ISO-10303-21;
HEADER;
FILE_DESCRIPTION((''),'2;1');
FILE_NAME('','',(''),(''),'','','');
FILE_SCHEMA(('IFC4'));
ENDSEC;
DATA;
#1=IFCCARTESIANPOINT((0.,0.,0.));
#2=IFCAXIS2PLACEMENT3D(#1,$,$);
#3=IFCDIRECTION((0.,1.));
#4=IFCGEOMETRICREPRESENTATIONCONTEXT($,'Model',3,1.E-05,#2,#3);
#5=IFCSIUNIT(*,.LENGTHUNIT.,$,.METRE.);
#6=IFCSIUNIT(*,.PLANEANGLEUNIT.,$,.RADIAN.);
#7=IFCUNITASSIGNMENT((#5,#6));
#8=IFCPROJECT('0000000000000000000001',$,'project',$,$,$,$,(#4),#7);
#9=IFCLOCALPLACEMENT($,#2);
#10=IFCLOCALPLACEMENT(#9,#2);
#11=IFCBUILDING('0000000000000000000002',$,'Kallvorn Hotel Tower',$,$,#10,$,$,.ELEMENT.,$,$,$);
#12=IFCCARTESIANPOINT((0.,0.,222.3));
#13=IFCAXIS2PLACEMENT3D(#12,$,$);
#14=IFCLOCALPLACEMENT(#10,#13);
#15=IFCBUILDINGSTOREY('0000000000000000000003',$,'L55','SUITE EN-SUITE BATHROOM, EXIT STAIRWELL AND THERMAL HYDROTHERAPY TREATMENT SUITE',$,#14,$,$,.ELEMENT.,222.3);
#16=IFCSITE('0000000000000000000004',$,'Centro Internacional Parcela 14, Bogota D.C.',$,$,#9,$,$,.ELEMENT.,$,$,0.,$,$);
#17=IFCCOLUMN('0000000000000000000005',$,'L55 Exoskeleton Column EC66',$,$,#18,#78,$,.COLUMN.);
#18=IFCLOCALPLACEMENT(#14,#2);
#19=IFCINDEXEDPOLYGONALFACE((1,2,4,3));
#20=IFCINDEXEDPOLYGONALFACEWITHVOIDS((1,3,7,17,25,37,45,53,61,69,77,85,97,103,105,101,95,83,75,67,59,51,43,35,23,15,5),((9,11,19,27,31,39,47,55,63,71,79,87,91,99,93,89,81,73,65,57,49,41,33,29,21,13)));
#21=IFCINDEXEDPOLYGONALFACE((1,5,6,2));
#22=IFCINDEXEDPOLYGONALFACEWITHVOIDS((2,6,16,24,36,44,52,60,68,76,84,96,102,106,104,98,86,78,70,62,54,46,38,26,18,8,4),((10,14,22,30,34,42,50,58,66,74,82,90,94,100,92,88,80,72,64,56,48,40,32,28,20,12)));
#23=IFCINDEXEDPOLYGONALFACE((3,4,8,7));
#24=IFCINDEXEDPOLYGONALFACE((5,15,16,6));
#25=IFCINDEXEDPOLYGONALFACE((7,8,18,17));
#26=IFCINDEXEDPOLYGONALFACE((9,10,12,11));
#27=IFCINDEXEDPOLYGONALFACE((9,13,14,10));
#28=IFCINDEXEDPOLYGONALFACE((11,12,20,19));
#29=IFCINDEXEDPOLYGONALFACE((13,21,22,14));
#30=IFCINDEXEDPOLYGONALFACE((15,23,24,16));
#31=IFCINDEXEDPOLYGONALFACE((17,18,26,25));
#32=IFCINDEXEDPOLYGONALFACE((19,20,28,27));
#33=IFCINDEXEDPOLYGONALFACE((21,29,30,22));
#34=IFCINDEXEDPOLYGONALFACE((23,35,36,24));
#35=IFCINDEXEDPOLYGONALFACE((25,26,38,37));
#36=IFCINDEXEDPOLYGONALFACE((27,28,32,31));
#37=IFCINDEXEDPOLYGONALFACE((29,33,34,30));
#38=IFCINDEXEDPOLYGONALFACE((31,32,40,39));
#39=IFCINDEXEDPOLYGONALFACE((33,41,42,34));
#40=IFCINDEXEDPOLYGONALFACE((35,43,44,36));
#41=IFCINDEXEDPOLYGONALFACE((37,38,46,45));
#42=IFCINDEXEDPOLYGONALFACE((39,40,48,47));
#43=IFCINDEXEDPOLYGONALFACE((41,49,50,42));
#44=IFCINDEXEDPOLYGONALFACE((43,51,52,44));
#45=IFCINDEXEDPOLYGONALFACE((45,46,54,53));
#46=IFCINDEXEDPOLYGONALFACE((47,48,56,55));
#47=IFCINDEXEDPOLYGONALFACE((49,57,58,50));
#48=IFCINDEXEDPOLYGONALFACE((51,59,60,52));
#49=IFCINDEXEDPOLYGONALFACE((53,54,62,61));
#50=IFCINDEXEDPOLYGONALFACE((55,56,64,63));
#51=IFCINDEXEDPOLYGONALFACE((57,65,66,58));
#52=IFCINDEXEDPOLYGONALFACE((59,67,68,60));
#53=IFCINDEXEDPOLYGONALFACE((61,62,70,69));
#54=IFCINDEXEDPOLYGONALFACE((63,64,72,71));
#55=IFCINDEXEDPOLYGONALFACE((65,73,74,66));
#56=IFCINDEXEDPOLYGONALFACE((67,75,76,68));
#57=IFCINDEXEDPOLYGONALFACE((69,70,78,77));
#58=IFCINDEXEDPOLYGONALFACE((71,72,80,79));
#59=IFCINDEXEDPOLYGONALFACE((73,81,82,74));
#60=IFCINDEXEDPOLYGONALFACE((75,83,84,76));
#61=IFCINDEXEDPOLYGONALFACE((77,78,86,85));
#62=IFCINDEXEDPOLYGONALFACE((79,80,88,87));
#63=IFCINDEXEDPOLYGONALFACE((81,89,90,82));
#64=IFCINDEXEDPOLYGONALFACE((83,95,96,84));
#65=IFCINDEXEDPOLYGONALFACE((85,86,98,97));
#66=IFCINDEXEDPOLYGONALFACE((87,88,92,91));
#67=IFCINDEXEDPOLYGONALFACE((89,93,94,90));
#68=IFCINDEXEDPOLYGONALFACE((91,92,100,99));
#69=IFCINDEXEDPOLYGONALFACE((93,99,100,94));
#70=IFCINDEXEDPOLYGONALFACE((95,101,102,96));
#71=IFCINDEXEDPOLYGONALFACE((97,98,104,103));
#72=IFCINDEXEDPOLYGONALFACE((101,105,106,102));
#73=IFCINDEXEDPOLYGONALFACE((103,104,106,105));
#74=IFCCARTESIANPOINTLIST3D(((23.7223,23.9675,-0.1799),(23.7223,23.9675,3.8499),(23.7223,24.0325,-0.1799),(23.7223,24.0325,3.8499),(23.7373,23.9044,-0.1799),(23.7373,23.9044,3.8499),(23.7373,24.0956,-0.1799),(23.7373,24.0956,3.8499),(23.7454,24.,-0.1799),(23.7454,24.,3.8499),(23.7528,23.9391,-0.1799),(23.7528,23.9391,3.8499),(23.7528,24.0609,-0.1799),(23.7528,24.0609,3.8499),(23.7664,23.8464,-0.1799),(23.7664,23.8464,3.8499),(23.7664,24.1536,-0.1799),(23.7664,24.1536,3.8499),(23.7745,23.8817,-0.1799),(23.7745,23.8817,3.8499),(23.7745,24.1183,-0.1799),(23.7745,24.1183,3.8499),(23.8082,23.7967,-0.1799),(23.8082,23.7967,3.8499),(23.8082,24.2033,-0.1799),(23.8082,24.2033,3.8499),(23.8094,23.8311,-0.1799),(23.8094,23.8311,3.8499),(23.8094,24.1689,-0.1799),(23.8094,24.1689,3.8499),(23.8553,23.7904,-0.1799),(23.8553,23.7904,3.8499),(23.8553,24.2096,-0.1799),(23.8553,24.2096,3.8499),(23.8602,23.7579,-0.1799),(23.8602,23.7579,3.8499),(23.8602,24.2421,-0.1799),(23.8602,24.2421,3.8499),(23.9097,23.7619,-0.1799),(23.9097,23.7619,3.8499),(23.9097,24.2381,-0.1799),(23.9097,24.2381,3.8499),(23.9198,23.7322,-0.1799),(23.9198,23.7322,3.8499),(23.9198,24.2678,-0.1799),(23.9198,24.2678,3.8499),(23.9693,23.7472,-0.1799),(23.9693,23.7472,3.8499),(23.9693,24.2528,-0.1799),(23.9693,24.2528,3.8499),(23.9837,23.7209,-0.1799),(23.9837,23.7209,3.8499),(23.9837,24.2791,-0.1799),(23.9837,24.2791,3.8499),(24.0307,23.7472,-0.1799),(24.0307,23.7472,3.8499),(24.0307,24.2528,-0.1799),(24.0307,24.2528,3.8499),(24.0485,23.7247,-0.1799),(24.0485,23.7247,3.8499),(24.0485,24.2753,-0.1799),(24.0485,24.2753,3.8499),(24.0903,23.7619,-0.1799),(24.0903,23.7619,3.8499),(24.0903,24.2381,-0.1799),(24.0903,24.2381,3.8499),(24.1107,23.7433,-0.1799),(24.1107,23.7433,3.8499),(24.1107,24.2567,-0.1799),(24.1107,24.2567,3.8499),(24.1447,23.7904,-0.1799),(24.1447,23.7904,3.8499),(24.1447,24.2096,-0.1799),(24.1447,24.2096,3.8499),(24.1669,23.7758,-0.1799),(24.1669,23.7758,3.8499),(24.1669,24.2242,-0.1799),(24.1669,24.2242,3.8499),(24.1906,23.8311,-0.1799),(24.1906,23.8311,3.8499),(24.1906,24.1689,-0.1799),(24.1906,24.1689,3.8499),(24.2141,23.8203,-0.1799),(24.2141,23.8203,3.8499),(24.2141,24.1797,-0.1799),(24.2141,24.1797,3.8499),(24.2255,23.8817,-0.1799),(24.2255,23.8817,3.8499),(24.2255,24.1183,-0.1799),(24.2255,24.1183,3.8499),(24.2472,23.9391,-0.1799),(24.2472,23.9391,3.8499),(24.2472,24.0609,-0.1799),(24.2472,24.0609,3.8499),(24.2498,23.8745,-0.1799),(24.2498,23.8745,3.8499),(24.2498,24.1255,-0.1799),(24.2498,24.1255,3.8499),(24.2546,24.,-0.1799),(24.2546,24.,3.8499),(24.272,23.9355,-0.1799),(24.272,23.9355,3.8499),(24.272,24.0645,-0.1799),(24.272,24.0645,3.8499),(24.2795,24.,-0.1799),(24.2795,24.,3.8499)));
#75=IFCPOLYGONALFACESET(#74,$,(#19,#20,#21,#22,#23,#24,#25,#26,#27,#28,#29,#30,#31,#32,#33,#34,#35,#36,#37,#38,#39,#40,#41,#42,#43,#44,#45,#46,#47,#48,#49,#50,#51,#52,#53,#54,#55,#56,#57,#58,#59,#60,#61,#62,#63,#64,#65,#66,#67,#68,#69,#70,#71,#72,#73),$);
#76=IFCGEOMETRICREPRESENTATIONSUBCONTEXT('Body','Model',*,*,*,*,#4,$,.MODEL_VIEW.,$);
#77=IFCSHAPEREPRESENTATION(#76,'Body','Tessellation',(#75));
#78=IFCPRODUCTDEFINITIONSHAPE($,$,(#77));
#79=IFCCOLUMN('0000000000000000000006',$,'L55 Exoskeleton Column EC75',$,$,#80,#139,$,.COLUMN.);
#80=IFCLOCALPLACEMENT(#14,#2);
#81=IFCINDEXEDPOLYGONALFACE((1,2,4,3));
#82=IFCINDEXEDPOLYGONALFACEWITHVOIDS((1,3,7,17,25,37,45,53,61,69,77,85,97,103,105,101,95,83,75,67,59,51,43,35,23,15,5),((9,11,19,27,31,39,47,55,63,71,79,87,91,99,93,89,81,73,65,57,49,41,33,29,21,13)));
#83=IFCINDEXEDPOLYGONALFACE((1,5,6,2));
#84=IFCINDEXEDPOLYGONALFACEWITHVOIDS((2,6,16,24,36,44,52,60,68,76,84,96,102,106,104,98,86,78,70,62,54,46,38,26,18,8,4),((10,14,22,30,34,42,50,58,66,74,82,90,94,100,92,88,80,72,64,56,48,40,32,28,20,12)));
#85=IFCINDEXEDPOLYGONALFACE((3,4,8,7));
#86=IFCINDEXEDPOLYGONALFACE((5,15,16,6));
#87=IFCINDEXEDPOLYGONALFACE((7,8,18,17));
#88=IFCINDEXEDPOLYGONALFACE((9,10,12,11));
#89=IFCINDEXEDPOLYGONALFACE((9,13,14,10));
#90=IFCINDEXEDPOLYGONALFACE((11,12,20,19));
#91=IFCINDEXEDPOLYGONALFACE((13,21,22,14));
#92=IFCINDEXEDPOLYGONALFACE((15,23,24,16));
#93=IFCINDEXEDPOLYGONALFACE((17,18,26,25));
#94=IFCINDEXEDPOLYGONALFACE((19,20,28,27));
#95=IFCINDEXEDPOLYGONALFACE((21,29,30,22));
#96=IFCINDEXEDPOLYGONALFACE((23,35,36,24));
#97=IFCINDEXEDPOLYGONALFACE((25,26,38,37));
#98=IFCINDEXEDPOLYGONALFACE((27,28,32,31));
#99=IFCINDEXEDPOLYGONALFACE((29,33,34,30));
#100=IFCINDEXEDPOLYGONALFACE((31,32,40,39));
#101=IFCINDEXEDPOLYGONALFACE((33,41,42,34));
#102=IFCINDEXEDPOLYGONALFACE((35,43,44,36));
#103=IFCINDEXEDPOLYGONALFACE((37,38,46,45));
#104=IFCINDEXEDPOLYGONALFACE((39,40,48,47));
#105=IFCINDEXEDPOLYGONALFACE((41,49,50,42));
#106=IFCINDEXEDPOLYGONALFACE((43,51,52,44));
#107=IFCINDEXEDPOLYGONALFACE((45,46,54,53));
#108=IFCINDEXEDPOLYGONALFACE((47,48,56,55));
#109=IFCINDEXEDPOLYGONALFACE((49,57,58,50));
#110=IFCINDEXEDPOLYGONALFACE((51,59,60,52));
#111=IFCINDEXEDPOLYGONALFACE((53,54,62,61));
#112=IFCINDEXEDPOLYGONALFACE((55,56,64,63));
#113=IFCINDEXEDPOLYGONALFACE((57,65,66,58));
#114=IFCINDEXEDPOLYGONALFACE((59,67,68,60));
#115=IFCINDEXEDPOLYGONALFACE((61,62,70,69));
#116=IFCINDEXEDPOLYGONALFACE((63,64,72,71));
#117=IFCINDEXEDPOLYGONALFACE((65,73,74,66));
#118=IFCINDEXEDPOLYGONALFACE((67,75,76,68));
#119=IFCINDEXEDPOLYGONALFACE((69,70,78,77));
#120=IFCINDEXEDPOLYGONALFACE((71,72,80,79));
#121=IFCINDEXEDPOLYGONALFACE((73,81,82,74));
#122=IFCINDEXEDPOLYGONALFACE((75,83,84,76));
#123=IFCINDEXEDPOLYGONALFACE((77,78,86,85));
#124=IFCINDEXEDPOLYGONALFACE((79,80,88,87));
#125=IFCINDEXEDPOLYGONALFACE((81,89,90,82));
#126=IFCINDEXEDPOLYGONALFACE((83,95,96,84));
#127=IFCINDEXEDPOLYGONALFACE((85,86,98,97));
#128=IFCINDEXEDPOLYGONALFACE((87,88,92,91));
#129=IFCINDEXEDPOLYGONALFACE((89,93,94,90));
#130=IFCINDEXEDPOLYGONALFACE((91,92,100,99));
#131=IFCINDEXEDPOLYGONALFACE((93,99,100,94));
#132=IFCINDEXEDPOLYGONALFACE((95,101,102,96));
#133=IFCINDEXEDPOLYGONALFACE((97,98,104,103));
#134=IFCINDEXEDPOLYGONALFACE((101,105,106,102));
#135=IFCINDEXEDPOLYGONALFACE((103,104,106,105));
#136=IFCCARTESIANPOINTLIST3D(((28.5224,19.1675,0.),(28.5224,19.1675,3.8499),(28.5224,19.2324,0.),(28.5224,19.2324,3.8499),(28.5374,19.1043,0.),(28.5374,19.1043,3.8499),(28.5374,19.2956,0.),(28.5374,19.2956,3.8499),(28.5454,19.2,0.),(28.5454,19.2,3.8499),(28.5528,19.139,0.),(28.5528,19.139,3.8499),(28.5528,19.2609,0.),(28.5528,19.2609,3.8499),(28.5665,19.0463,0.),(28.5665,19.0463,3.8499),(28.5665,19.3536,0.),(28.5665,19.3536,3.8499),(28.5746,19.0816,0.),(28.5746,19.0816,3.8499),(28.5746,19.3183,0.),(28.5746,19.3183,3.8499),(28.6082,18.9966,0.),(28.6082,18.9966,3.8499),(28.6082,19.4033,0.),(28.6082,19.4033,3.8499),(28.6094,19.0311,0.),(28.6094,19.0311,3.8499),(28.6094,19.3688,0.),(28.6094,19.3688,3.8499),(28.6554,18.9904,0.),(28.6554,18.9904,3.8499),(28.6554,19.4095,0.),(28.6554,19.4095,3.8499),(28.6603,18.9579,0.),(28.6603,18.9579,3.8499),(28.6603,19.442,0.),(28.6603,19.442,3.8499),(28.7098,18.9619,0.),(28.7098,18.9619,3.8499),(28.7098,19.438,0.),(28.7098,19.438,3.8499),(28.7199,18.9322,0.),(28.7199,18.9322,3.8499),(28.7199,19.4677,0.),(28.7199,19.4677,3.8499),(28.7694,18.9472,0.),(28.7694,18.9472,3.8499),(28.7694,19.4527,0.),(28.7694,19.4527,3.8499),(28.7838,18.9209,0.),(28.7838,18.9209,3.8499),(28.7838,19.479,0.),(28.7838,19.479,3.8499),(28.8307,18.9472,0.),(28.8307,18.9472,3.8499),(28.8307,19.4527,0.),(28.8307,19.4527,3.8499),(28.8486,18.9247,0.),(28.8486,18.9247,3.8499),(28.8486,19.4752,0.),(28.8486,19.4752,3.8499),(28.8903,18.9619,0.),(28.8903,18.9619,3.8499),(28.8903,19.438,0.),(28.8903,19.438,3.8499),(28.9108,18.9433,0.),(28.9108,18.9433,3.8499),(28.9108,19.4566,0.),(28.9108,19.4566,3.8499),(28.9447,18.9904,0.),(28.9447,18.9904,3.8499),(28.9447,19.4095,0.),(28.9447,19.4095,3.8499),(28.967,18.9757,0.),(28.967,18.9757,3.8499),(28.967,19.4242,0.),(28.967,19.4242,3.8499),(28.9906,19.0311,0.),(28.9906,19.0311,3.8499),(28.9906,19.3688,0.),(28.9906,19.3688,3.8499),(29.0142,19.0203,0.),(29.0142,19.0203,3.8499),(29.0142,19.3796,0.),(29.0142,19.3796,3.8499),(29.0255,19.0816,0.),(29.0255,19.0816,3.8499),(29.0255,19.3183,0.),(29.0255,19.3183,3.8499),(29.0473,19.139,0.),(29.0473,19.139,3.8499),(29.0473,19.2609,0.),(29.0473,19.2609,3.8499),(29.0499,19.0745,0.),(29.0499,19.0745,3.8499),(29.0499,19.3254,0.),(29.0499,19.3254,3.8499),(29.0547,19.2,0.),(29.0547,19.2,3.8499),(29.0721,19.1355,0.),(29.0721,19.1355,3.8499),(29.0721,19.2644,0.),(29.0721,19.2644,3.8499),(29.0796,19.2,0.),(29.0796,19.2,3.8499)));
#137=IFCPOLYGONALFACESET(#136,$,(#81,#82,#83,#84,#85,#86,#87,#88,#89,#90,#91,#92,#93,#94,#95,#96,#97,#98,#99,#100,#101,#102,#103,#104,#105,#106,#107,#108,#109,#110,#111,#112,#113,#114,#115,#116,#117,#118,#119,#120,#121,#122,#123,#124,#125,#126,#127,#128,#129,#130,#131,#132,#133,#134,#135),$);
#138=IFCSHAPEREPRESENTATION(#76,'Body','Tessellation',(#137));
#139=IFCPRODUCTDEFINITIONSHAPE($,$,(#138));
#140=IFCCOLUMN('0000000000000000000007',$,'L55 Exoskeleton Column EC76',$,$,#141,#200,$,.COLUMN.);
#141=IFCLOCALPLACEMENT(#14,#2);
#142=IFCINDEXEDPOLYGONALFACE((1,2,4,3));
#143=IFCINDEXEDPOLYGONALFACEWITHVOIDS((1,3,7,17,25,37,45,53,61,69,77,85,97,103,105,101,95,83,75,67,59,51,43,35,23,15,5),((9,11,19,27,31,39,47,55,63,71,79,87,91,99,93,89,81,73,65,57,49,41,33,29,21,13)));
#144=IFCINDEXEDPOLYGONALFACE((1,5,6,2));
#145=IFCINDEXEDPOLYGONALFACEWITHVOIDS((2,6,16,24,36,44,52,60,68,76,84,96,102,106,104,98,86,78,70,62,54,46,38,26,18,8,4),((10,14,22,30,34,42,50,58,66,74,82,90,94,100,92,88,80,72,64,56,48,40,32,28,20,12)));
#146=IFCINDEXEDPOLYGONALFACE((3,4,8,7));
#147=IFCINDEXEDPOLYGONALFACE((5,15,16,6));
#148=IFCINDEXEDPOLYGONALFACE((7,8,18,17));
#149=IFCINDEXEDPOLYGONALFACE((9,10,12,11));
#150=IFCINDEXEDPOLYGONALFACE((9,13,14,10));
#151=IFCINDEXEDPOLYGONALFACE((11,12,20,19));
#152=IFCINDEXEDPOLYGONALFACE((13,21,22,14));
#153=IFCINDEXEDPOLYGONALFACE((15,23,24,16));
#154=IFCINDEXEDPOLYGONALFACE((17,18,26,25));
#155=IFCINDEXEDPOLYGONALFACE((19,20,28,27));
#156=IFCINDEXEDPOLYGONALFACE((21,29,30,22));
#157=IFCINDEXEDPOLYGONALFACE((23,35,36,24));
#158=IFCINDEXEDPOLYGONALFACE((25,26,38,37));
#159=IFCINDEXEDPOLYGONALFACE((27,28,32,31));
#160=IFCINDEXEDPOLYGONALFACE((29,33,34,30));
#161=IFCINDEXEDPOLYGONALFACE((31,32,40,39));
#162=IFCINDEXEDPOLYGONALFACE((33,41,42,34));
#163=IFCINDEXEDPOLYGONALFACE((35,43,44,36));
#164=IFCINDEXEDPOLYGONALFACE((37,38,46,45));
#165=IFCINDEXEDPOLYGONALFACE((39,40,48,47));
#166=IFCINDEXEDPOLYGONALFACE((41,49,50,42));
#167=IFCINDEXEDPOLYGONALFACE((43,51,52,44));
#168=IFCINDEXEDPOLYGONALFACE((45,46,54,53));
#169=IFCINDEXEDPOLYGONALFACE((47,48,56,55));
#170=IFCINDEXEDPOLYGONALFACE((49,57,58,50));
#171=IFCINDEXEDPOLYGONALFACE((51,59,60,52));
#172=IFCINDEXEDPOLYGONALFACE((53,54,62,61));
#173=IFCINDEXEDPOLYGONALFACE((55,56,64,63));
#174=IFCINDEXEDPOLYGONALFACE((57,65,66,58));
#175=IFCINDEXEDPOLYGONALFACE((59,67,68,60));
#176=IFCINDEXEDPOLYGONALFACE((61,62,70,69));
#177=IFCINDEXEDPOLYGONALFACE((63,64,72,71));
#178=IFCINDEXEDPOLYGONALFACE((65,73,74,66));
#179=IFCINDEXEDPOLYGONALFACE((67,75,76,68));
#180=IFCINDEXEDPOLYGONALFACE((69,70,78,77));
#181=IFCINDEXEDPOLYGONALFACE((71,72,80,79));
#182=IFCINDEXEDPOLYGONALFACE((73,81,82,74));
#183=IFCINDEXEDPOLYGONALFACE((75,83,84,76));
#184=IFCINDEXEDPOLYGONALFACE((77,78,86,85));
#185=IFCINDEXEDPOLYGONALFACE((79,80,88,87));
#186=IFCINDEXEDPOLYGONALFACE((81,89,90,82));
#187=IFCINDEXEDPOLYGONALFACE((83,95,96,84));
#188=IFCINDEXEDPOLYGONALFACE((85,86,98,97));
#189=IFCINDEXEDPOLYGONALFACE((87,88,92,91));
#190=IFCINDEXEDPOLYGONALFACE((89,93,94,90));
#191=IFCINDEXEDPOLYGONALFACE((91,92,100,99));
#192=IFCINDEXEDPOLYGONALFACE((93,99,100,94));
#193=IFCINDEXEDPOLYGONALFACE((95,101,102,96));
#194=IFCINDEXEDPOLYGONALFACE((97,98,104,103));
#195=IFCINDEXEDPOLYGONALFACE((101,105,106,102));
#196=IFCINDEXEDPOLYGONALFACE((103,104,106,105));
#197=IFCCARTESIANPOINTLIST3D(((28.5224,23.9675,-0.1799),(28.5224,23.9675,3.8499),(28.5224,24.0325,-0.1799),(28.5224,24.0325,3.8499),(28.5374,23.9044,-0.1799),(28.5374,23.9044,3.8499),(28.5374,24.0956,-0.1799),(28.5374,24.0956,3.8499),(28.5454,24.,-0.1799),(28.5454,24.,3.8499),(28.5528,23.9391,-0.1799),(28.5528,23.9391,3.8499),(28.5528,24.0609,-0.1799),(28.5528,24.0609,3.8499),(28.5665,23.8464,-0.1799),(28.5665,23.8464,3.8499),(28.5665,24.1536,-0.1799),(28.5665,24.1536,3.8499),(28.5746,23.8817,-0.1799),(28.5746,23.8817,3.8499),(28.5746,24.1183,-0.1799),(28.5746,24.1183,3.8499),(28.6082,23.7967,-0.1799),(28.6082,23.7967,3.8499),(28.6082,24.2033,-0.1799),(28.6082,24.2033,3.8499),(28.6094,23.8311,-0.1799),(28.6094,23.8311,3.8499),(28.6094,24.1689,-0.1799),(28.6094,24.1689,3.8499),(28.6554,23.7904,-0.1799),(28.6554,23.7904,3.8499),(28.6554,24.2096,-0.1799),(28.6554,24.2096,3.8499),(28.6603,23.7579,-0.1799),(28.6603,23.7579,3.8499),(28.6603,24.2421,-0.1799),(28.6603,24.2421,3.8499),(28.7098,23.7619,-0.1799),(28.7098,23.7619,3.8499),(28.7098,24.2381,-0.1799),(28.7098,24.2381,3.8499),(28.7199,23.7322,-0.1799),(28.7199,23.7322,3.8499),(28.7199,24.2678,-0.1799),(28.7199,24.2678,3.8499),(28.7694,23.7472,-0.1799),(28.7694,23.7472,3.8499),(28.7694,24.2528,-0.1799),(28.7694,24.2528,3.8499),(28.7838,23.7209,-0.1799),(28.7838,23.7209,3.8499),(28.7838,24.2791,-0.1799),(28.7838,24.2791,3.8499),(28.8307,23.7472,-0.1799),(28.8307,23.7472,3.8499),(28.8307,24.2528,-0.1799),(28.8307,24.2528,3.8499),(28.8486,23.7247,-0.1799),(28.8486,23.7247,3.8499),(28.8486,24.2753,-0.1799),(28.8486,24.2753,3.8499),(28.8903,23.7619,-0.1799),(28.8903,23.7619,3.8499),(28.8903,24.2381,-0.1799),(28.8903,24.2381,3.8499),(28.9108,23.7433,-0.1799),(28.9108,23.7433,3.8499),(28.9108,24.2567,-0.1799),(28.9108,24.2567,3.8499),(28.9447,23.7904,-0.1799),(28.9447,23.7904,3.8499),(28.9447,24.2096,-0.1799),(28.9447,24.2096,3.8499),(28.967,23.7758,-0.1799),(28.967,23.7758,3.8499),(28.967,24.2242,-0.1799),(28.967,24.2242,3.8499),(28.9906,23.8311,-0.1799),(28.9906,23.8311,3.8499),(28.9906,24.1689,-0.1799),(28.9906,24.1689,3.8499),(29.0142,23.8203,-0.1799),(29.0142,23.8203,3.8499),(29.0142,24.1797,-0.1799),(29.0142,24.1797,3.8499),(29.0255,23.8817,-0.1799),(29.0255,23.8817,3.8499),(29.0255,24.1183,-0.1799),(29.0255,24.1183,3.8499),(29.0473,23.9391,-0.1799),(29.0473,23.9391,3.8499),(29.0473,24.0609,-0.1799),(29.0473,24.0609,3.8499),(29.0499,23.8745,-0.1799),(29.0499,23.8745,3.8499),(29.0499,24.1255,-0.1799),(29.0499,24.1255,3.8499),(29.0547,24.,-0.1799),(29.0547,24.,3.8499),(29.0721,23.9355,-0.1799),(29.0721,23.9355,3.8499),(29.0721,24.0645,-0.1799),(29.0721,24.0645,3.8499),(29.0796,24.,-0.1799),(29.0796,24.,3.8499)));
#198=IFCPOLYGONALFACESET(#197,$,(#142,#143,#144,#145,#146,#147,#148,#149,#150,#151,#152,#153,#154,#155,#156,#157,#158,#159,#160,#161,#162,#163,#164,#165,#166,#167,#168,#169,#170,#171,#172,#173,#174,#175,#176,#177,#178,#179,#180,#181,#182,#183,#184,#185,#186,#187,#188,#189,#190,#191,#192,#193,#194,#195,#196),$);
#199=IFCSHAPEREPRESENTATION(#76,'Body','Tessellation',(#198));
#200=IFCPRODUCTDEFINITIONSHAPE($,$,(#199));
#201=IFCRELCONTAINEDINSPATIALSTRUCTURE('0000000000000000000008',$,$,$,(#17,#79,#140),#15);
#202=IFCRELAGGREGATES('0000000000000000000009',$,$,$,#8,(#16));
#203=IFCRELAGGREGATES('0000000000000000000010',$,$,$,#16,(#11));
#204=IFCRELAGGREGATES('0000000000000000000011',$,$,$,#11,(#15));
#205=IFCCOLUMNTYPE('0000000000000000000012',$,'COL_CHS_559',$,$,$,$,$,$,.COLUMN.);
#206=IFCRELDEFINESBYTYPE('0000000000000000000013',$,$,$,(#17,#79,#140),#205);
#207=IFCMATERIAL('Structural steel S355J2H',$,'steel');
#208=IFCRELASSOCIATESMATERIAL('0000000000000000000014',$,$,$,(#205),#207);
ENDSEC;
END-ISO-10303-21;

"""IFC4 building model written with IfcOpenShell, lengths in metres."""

from ifc_helpers import new_model, si_unit, direction, frame, origin, origin_2d, place, context, subcontext, project, spatial, hollow_circle, extrude, material, material_profile, profile_set, type_object, element, save


model = new_model("IFC4")

# Units and contexts
model_context = context("Model", 3, precision=1e-05, world=origin(), true_north=direction((0.0, 1.0)))
body_context = subcontext(model_context, "Body", "Model", "MODEL_VIEW")
ifc_project = project(units=[si_unit("LENGTHUNIT", "METRE"), si_unit("PLANEANGLEUNIT", "RADIAN")], contexts=[model_context])

# Site, building, storey
site_placement = place(None, origin())
site = spatial("IfcSite", under=ifc_project, at=site_placement, Name="Centro Internacional Parcela 14, Bogota D.C.", CompositionType="ELEMENT", RefElevation=0.0)
building_placement = place(site_placement, origin())
building = spatial("IfcBuilding", under=site, at=building_placement, Name="Kallvorn Hotel Tower", CompositionType="ELEMENT")
storey_placement = place(building_placement, frame((0.0, 0.0, 222.3)))
storey = spatial("IfcBuildingStorey", under=building, at=storey_placement, Name="L55", Description="SUITE EN-SUITE BATHROOM, EXIT STAIRWELL AND THERMAL HYDROTHERAPY TREATMENT SUITE", CompositionType="ELEMENT", Elevation=222.3)

# Columns
ifc_material_1 = material(Name="Structural steel S355J2H", Category="steel")
ifc_material_profile_1 = material_profile(ifc_material_1, hollow_circle(Radius=0.2795, WallThickness=0.0249, at=origin_2d()), Name="CHS 559x25")
ifc_profile_set_1 = profile_set([ifc_material_profile_1], Name="Structural steel S355J2H")
column_type = type_object("IfcColumnType", Name="COL_CHS_559", PredefinedType="COLUMN", material=ifc_profile_set_1)
column_1_placement = place(storey_placement, frame((24.0, 24.0, -0.1799), z_axis=(0.0, 0.0, 1.0), x_axis=(1.0, 0.0, 0.0)))
element("IfcColumn", 1, at=column_1_placement, inside=storey, type_object=column_type, Name="L55 Exoskeleton Column EC66", PredefinedType="COLUMN", context=body_context, shape_type="SweptSolid", body=[
    extrude(hollow_circle(Radius=0.2795, WallThickness=0.0249, at=origin_2d()), origin(), (0.0, 0.0, 1.0), 4.0298),
])
column_2_placement = place(storey_placement, frame((28.8, 19.2, 0.0), z_axis=(0.0, 0.0, 1.0), x_axis=(1.0, 0.0, 0.0)))
element("IfcColumn", 2, at=column_2_placement, inside=storey, type_object=column_type, Name="L55 Exoskeleton Column EC75", PredefinedType="COLUMN", context=body_context, shape_type="SweptSolid", body=[
    extrude(hollow_circle(Radius=0.2795, WallThickness=0.0249, at=origin_2d()), origin(), (0.0, 0.0, 1.0), 3.8499),
])
for number, where, z_axis, x_axis, name in (
    (3, (28.8, 24.0, -0.1799), (0.0, 0.0, 1.0), (1.0, 0.0, 0.0), "L55 Exoskeleton Column EC76"),
):
    element("IfcColumn", number, at=place(storey_placement, frame(where, z_axis=z_axis, x_axis=x_axis)), inside=storey, type_object=column_type, Name=name, PredefinedType="COLUMN", context=body_context, shape_type="SweptSolid", body=[
        extrude(hollow_circle(Radius=0.2795, WallThickness=0.0249, at=origin_2d()), origin(), (0.0, 0.0, 1.0), 4.0298),
    ])

save(model, "model.ifc")
